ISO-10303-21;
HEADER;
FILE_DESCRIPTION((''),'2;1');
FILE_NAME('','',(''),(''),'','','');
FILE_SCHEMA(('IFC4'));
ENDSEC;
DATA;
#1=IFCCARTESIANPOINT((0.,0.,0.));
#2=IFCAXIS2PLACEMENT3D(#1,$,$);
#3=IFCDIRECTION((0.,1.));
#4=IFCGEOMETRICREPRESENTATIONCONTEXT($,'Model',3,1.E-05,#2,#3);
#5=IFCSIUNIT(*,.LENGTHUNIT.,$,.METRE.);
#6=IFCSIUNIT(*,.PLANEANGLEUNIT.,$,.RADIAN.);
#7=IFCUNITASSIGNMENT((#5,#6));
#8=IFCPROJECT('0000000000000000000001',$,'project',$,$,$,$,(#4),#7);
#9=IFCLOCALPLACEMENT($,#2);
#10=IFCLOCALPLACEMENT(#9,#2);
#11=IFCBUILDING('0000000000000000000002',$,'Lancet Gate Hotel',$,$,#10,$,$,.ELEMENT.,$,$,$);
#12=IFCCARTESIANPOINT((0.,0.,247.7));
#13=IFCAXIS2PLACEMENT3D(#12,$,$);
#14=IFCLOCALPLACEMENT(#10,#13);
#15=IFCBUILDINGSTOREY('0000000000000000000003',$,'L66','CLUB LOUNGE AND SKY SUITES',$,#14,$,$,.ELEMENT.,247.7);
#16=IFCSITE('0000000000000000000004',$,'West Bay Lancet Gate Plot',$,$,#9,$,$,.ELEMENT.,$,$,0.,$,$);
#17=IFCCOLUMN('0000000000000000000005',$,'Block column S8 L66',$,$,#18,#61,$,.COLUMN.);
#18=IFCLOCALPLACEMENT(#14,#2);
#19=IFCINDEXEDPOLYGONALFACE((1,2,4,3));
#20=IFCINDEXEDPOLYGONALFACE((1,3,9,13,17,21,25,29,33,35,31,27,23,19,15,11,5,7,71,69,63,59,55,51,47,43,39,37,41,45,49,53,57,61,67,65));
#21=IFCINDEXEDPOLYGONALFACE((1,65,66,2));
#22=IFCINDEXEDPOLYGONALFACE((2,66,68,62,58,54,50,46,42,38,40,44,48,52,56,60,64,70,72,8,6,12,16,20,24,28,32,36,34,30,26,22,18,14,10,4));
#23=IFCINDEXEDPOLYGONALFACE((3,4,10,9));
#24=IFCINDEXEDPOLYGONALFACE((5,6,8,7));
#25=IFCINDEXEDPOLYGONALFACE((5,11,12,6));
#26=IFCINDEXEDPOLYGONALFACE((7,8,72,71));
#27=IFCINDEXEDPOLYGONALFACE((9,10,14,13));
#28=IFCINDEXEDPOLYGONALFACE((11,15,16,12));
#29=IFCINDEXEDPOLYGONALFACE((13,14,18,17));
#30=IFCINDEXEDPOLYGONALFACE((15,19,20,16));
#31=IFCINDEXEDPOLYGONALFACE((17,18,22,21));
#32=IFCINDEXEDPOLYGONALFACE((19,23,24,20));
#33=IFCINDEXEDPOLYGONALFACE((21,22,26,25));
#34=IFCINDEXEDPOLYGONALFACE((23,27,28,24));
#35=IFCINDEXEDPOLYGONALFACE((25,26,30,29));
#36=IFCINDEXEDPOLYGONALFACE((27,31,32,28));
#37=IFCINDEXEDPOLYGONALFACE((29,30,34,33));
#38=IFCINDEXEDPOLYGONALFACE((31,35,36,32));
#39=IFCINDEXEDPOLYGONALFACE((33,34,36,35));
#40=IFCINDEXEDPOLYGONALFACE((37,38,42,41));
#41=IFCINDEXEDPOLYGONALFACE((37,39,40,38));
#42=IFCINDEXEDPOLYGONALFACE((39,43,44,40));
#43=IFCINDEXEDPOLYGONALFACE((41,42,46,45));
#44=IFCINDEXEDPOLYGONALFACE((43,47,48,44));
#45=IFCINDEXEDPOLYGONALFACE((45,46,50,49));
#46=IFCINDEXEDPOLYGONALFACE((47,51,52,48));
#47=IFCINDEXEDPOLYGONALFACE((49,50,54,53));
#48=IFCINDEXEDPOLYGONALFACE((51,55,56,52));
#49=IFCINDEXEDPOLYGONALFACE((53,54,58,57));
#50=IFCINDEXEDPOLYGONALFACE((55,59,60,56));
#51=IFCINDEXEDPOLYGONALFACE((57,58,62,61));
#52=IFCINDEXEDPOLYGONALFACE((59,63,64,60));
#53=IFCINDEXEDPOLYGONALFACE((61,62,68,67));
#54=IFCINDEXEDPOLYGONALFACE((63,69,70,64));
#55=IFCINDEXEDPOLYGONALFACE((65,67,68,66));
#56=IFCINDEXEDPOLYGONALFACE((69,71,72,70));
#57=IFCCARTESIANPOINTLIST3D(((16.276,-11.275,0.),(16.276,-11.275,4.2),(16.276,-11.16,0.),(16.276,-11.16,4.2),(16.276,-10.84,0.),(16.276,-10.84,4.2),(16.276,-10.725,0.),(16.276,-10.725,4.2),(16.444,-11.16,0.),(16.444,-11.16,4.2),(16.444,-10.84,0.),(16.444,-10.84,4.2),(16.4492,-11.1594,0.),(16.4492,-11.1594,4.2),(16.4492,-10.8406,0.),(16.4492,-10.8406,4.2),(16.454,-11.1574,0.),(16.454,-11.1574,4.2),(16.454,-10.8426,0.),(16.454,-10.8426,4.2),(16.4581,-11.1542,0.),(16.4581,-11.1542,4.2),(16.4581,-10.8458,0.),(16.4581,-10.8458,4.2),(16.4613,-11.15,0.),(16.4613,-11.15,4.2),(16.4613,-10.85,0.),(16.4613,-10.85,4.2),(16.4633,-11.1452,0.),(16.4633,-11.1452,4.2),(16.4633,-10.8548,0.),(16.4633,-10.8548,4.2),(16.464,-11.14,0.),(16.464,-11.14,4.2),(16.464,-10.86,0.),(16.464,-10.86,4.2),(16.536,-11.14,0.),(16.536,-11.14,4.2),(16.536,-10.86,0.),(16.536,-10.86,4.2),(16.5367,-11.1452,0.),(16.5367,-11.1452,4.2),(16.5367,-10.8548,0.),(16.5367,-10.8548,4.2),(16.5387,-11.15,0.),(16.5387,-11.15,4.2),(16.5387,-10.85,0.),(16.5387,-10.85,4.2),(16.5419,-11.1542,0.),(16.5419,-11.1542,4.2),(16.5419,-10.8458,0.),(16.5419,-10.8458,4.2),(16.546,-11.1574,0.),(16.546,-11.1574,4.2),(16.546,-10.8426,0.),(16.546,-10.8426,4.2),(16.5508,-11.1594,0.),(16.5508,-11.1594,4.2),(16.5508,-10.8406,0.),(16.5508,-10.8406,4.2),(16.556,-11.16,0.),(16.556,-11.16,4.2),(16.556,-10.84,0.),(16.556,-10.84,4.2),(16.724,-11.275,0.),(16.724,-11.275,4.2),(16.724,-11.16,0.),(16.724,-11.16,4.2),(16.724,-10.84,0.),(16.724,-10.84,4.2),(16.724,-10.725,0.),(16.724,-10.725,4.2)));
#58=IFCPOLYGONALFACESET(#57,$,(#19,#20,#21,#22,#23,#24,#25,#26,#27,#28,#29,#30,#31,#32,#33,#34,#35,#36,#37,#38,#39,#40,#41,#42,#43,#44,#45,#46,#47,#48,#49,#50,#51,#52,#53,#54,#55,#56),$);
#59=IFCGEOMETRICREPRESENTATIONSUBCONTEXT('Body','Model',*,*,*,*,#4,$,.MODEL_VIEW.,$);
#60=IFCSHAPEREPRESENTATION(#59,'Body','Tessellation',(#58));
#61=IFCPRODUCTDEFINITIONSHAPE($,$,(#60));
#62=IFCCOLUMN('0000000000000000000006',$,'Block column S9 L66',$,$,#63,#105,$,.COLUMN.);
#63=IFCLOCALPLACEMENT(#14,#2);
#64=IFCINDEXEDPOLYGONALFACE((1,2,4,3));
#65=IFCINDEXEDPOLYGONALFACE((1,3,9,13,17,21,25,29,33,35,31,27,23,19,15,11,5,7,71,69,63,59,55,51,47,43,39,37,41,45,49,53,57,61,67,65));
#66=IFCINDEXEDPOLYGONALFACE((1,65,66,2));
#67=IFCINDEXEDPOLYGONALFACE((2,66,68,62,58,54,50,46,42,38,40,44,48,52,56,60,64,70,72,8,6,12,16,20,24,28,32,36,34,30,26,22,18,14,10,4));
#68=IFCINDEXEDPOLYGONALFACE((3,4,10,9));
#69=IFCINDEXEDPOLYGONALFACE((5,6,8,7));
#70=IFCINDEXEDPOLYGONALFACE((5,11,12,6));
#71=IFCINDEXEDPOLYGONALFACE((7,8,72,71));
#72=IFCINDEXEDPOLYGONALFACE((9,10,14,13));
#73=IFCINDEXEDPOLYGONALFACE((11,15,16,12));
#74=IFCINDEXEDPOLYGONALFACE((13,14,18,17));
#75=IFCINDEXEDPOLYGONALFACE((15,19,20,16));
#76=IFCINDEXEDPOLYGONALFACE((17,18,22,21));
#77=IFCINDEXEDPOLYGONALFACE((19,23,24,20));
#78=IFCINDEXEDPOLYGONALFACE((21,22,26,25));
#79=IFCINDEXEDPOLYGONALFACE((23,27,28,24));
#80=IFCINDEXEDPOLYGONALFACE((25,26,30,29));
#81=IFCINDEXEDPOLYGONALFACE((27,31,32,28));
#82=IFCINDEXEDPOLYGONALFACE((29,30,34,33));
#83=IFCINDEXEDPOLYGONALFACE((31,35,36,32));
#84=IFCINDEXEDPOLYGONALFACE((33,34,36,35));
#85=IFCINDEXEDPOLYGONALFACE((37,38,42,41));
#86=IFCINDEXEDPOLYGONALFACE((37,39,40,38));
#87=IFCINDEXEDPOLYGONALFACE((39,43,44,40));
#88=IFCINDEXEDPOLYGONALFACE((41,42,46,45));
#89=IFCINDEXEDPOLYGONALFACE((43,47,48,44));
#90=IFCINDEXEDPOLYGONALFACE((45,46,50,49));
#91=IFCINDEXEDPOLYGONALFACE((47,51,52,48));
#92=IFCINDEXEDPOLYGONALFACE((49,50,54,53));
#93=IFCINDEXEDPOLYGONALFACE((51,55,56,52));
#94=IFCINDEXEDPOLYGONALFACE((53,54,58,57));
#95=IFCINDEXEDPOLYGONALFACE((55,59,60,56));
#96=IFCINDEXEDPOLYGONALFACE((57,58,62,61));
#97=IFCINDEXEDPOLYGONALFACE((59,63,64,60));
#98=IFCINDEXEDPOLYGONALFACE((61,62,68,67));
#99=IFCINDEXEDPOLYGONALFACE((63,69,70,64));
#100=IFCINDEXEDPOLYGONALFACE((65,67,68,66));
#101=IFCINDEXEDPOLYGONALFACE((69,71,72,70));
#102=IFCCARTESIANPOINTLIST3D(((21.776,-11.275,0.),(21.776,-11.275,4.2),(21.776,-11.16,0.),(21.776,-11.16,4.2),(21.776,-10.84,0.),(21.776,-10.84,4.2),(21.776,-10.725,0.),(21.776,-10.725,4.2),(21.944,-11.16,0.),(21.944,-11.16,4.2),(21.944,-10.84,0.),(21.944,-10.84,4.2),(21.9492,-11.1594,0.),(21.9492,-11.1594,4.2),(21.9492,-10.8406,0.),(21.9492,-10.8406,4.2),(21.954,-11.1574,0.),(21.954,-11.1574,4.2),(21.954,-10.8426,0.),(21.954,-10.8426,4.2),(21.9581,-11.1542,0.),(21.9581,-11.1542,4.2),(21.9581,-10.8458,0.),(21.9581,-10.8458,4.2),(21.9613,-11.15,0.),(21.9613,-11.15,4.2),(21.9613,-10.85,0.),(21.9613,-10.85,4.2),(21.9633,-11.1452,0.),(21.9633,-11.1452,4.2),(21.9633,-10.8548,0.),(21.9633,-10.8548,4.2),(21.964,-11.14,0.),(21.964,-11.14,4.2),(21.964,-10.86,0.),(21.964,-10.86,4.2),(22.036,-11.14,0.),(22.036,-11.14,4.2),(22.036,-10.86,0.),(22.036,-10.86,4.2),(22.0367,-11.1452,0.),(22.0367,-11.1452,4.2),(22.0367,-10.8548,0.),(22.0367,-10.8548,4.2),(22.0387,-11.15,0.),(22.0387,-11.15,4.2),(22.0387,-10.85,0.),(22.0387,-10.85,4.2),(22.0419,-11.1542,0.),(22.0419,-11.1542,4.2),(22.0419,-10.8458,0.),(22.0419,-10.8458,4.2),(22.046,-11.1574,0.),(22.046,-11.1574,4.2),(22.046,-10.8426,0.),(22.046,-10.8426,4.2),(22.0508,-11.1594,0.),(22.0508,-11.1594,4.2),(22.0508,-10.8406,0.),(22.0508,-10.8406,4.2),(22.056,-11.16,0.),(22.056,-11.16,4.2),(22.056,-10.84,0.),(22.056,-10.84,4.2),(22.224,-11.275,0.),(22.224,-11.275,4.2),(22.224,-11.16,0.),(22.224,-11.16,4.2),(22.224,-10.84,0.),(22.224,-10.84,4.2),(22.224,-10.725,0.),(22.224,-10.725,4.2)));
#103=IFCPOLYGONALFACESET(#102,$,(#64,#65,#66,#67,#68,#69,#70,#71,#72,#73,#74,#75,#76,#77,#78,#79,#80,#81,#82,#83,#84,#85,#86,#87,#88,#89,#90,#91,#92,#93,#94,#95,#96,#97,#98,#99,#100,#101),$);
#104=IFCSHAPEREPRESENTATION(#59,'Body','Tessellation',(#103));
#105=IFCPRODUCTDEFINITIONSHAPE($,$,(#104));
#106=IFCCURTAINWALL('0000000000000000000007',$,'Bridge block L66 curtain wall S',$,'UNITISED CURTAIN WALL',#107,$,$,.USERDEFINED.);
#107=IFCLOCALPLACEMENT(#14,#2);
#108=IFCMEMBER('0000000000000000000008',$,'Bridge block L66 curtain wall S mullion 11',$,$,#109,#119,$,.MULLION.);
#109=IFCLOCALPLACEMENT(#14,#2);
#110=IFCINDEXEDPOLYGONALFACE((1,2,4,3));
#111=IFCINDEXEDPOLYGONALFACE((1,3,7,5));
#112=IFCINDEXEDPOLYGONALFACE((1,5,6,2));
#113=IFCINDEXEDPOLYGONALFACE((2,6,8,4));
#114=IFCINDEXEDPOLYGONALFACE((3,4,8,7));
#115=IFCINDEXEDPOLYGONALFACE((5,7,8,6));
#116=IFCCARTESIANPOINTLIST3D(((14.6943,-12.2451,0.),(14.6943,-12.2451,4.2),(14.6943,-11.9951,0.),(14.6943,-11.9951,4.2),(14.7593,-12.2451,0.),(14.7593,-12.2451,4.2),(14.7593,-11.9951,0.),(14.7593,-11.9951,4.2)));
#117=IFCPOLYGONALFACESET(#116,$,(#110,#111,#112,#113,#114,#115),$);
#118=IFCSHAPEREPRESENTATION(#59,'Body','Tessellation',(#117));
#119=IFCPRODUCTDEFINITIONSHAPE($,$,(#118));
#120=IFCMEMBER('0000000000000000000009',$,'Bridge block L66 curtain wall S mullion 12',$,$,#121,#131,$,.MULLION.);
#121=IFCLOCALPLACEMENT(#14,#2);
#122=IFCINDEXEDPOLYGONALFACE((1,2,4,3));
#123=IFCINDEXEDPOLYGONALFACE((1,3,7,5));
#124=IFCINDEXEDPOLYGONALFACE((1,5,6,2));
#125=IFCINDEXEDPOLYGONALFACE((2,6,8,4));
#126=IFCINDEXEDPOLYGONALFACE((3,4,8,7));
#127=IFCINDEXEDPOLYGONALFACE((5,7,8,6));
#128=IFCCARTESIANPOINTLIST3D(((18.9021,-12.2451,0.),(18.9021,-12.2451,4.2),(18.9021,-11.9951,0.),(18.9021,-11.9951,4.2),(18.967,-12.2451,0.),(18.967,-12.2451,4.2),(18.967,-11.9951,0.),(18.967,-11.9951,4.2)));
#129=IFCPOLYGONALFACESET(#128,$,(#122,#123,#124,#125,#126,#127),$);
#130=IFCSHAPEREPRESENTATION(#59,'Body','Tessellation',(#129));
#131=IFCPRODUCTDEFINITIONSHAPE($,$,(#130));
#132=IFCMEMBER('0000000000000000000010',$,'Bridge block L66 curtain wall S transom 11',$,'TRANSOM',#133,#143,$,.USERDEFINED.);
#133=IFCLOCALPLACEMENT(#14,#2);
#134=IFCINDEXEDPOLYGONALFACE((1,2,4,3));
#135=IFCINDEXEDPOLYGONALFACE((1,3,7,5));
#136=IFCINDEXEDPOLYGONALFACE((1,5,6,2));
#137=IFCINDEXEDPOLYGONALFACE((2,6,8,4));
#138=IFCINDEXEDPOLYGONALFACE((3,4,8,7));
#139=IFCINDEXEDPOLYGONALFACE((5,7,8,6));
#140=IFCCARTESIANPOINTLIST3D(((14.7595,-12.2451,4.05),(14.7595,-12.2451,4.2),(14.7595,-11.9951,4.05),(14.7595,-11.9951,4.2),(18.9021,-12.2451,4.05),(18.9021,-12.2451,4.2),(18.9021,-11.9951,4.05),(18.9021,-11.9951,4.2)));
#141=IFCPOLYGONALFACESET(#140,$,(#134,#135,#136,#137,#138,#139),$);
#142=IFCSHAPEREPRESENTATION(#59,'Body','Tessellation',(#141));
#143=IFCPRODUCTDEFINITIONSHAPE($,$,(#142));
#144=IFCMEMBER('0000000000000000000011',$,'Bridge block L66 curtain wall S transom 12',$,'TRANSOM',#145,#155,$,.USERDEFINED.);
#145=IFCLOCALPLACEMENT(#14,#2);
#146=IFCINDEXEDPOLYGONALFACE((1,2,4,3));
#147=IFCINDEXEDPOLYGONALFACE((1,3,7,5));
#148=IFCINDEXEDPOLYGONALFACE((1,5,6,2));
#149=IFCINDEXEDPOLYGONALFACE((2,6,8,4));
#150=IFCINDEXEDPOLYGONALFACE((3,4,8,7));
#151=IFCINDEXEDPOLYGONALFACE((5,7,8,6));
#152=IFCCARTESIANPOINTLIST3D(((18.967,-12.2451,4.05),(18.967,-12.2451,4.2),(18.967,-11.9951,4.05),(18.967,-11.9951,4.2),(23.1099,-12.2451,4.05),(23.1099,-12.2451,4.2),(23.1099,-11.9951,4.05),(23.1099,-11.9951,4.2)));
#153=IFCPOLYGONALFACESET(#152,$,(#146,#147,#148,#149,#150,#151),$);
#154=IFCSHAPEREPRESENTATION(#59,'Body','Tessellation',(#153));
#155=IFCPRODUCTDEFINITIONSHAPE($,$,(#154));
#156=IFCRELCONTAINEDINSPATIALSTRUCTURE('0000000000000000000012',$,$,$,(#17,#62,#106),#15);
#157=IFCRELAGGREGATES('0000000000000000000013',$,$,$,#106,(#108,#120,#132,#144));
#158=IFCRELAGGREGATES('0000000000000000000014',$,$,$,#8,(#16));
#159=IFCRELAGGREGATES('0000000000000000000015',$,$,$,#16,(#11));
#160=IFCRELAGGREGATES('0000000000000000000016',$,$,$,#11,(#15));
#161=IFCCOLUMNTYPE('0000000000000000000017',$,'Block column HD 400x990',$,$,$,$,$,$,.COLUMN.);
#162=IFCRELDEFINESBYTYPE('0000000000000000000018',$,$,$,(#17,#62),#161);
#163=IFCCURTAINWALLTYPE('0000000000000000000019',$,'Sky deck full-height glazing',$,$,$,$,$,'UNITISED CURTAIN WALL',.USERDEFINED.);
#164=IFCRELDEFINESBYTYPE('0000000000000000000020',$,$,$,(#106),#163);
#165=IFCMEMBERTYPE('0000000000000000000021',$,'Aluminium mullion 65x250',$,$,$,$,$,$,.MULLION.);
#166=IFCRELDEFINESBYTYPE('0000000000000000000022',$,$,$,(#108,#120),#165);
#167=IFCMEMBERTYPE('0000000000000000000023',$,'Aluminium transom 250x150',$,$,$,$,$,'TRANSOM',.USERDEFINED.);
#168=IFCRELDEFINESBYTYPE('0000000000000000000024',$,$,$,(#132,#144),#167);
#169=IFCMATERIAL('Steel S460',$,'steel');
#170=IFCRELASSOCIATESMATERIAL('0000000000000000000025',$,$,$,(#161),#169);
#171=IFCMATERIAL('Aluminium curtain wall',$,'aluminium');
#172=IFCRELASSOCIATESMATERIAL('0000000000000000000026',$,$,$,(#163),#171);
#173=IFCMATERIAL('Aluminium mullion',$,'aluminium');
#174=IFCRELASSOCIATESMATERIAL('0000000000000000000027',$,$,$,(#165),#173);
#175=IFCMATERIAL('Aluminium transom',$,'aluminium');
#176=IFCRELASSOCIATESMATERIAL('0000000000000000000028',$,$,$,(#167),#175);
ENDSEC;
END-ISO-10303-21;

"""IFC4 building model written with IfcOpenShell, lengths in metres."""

from ifc_helpers import new_model, si_unit, direction, frame, origin, origin_2d, place, context, subcontext, project, spatial, rectangle, i_section, extrude, material, material_profile, profile_set, type_object, element, aggregate, save


model = new_model("IFC4")

# Units and contexts
model_context = context("Model", 3, precision=1e-05, world=origin(), true_north=direction((0.0, 1.0)))
body_context = subcontext(model_context, "Body", "Model", "MODEL_VIEW")
ifc_project = project(units=[si_unit("LENGTHUNIT", "METRE"), si_unit("PLANEANGLEUNIT", "RADIAN")], contexts=[model_context])

# Site, building, storey
site_placement = place(None, origin())
site = spatial("IfcSite", under=ifc_project, at=site_placement, Name="West Bay Lancet Gate Plot", CompositionType="ELEMENT", RefElevation=0.0)
building_placement = place(site_placement, origin())
building = spatial("IfcBuilding", under=site, at=building_placement, Name="Lancet Gate Hotel", CompositionType="ELEMENT")
storey_placement = place(building_placement, frame((0.0, 0.0, 247.7)))
storey = spatial("IfcBuildingStorey", under=building, at=storey_placement, Name="L66", Description="CLUB LOUNGE AND SKY SUITES", CompositionType="ELEMENT", Elevation=247.7)

# Columns
ifc_material_1 = material(Name="Steel S460", Category="steel")
ifc_material_profile_1 = material_profile(ifc_material_1, i_section(OverallWidth=0.448, OverallDepth=0.55, WebThickness=0.072, FlangeThickness=0.115, FilletRadius=0.02, at=origin_2d()), Name="HD 400x990")
ifc_profile_set_1 = profile_set([ifc_material_profile_1], Name="Steel S460")
column_type = type_object("IfcColumnType", Name="Block column HD 400x990", PredefinedType="COLUMN", material=ifc_profile_set_1)
for number, where, z_axis, x_axis, name in (
    (1, (16.5, -11.0, 0.0), (0.0, 0.0, 1.0), (1.0, 0.0, 0.0), "Block column S8 L66"),
    (2, (22.0, -11.0, 0.0), (0.0, 0.0, 1.0), (1.0, 0.0, 0.0), "Block column S9 L66"),
):
    element("IfcColumn", number, at=place(storey_placement, frame(where, z_axis=z_axis, x_axis=x_axis)), inside=storey, type_object=column_type, Name=name, PredefinedType="COLUMN", context=body_context, shape_type="SweptSolid", body=[
        extrude(i_section(OverallWidth=0.448, OverallDepth=0.55, WebThickness=0.072, FlangeThickness=0.115, FilletRadius=0.02, at=origin_2d()), origin(), (0.0, 0.0, 1.0), 4.2),
    ])

# Curtain wall, members
ifc_material_2 = material(Name="Aluminium curtain wall", Category="aluminium")
curtain_wall_type = type_object("IfcCurtainWallType", Name="Sky deck full-height glazing", ElementType="UNITISED CURTAIN WALL", PredefinedType="USERDEFINED", material=ifc_material_2)
curtain_wall_placement = place(storey_placement, origin())
curtain_wall = element("IfcCurtainWall", 3, at=curtain_wall_placement, inside=storey, type_object=curtain_wall_type, Name="Bridge block L66 curtain wall S", ObjectType="UNITISED CURTAIN WALL", PredefinedType="USERDEFINED")
ifc_material_3 = material(Name="Aluminium mullion", Category="aluminium")
ifc_material_profile_2 = material_profile(ifc_material_3, rectangle(XDim=0.0649, YDim=0.25, at=origin_2d()), Name="MULLION 65x250")
ifc_profile_set_2 = profile_set([ifc_material_profile_2], Name="Aluminium mullion")
member_type_1 = type_object("IfcMemberType", Name="Aluminium mullion 65x250", PredefinedType="MULLION", material=ifc_profile_set_2)
member_1_placement = place(storey_placement, frame((14.7268, -12.1201, 0.0), z_axis=(0.0, 0.0, 1.0), x_axis=(1.0, 0.0, 0.0)))
member_1 = element("IfcMember", 4, at=member_1_placement, type_object=member_type_1, Name="Bridge block L66 curtain wall S mullion 11", PredefinedType="MULLION", context=body_context, shape_type="SweptSolid", body=[
    extrude(rectangle(XDim=0.0649, YDim=0.25, at=origin_2d()), origin(), (0.0, 0.0, 1.0), 4.2),
])
member_2_placement = place(storey_placement, frame((18.9346, -12.1201, 0.0), z_axis=(0.0, 0.0, 1.0), x_axis=(1.0, 0.0, 0.0)))
member_2 = element("IfcMember", 5, at=member_2_placement, type_object=member_type_1, Name="Bridge block L66 curtain wall S mullion 12", PredefinedType="MULLION", context=body_context, shape_type="SweptSolid", body=[
    extrude(rectangle(XDim=0.0649, YDim=0.25, at=origin_2d()), origin(), (0.0, 0.0, 1.0), 4.2),
])
ifc_material_4 = material(Name="Aluminium transom", Category="aluminium")
ifc_material_profile_3 = material_profile(ifc_material_4, rectangle(XDim=0.25, YDim=0.1499, at=origin_2d()), Name="TRANSOM 250x150")
ifc_profile_set_3 = profile_set([ifc_material_profile_3], Name="Aluminium transom")
member_type_2 = type_object("IfcMemberType", Name="Aluminium transom 250x150", ElementType="TRANSOM", PredefinedType="USERDEFINED", material=ifc_profile_set_3)
member_3_placement = place(storey_placement, frame((14.7595, -12.1201, 4.125), z_axis=(1.0, 0.0, 0.0), x_axis=(0.0, 1.0, 0.0)))
member_3 = element("IfcMember", 6, at=member_3_placement, type_object=member_type_2, Name="Bridge block L66 curtain wall S transom 11", ObjectType="TRANSOM", PredefinedType="USERDEFINED", context=body_context, shape_type="SweptSolid", body=[
    extrude(rectangle(XDim=0.25, YDim=0.1499, at=origin_2d()), origin(), (0.0, 0.0, 1.0), 4.1426),
])
member_4_placement = place(storey_placement, frame((18.967, -12.1201, 4.125), z_axis=(1.0, 0.0, 0.0), x_axis=(0.0, 1.0, 0.0)))
member_4 = element("IfcMember", 7, at=member_4_placement, type_object=member_type_2, Name="Bridge block L66 curtain wall S transom 12", ObjectType="TRANSOM", PredefinedType="USERDEFINED", context=body_context, shape_type="SweptSolid", body=[
    extrude(rectangle(XDim=0.25, YDim=0.1499, at=origin_2d()), origin(), (0.0, 0.0, 1.0), 4.1428),
])

aggregate(curtain_wall, [member_1, member_2, member_3, member_4])

save(model, "model.ifc")
